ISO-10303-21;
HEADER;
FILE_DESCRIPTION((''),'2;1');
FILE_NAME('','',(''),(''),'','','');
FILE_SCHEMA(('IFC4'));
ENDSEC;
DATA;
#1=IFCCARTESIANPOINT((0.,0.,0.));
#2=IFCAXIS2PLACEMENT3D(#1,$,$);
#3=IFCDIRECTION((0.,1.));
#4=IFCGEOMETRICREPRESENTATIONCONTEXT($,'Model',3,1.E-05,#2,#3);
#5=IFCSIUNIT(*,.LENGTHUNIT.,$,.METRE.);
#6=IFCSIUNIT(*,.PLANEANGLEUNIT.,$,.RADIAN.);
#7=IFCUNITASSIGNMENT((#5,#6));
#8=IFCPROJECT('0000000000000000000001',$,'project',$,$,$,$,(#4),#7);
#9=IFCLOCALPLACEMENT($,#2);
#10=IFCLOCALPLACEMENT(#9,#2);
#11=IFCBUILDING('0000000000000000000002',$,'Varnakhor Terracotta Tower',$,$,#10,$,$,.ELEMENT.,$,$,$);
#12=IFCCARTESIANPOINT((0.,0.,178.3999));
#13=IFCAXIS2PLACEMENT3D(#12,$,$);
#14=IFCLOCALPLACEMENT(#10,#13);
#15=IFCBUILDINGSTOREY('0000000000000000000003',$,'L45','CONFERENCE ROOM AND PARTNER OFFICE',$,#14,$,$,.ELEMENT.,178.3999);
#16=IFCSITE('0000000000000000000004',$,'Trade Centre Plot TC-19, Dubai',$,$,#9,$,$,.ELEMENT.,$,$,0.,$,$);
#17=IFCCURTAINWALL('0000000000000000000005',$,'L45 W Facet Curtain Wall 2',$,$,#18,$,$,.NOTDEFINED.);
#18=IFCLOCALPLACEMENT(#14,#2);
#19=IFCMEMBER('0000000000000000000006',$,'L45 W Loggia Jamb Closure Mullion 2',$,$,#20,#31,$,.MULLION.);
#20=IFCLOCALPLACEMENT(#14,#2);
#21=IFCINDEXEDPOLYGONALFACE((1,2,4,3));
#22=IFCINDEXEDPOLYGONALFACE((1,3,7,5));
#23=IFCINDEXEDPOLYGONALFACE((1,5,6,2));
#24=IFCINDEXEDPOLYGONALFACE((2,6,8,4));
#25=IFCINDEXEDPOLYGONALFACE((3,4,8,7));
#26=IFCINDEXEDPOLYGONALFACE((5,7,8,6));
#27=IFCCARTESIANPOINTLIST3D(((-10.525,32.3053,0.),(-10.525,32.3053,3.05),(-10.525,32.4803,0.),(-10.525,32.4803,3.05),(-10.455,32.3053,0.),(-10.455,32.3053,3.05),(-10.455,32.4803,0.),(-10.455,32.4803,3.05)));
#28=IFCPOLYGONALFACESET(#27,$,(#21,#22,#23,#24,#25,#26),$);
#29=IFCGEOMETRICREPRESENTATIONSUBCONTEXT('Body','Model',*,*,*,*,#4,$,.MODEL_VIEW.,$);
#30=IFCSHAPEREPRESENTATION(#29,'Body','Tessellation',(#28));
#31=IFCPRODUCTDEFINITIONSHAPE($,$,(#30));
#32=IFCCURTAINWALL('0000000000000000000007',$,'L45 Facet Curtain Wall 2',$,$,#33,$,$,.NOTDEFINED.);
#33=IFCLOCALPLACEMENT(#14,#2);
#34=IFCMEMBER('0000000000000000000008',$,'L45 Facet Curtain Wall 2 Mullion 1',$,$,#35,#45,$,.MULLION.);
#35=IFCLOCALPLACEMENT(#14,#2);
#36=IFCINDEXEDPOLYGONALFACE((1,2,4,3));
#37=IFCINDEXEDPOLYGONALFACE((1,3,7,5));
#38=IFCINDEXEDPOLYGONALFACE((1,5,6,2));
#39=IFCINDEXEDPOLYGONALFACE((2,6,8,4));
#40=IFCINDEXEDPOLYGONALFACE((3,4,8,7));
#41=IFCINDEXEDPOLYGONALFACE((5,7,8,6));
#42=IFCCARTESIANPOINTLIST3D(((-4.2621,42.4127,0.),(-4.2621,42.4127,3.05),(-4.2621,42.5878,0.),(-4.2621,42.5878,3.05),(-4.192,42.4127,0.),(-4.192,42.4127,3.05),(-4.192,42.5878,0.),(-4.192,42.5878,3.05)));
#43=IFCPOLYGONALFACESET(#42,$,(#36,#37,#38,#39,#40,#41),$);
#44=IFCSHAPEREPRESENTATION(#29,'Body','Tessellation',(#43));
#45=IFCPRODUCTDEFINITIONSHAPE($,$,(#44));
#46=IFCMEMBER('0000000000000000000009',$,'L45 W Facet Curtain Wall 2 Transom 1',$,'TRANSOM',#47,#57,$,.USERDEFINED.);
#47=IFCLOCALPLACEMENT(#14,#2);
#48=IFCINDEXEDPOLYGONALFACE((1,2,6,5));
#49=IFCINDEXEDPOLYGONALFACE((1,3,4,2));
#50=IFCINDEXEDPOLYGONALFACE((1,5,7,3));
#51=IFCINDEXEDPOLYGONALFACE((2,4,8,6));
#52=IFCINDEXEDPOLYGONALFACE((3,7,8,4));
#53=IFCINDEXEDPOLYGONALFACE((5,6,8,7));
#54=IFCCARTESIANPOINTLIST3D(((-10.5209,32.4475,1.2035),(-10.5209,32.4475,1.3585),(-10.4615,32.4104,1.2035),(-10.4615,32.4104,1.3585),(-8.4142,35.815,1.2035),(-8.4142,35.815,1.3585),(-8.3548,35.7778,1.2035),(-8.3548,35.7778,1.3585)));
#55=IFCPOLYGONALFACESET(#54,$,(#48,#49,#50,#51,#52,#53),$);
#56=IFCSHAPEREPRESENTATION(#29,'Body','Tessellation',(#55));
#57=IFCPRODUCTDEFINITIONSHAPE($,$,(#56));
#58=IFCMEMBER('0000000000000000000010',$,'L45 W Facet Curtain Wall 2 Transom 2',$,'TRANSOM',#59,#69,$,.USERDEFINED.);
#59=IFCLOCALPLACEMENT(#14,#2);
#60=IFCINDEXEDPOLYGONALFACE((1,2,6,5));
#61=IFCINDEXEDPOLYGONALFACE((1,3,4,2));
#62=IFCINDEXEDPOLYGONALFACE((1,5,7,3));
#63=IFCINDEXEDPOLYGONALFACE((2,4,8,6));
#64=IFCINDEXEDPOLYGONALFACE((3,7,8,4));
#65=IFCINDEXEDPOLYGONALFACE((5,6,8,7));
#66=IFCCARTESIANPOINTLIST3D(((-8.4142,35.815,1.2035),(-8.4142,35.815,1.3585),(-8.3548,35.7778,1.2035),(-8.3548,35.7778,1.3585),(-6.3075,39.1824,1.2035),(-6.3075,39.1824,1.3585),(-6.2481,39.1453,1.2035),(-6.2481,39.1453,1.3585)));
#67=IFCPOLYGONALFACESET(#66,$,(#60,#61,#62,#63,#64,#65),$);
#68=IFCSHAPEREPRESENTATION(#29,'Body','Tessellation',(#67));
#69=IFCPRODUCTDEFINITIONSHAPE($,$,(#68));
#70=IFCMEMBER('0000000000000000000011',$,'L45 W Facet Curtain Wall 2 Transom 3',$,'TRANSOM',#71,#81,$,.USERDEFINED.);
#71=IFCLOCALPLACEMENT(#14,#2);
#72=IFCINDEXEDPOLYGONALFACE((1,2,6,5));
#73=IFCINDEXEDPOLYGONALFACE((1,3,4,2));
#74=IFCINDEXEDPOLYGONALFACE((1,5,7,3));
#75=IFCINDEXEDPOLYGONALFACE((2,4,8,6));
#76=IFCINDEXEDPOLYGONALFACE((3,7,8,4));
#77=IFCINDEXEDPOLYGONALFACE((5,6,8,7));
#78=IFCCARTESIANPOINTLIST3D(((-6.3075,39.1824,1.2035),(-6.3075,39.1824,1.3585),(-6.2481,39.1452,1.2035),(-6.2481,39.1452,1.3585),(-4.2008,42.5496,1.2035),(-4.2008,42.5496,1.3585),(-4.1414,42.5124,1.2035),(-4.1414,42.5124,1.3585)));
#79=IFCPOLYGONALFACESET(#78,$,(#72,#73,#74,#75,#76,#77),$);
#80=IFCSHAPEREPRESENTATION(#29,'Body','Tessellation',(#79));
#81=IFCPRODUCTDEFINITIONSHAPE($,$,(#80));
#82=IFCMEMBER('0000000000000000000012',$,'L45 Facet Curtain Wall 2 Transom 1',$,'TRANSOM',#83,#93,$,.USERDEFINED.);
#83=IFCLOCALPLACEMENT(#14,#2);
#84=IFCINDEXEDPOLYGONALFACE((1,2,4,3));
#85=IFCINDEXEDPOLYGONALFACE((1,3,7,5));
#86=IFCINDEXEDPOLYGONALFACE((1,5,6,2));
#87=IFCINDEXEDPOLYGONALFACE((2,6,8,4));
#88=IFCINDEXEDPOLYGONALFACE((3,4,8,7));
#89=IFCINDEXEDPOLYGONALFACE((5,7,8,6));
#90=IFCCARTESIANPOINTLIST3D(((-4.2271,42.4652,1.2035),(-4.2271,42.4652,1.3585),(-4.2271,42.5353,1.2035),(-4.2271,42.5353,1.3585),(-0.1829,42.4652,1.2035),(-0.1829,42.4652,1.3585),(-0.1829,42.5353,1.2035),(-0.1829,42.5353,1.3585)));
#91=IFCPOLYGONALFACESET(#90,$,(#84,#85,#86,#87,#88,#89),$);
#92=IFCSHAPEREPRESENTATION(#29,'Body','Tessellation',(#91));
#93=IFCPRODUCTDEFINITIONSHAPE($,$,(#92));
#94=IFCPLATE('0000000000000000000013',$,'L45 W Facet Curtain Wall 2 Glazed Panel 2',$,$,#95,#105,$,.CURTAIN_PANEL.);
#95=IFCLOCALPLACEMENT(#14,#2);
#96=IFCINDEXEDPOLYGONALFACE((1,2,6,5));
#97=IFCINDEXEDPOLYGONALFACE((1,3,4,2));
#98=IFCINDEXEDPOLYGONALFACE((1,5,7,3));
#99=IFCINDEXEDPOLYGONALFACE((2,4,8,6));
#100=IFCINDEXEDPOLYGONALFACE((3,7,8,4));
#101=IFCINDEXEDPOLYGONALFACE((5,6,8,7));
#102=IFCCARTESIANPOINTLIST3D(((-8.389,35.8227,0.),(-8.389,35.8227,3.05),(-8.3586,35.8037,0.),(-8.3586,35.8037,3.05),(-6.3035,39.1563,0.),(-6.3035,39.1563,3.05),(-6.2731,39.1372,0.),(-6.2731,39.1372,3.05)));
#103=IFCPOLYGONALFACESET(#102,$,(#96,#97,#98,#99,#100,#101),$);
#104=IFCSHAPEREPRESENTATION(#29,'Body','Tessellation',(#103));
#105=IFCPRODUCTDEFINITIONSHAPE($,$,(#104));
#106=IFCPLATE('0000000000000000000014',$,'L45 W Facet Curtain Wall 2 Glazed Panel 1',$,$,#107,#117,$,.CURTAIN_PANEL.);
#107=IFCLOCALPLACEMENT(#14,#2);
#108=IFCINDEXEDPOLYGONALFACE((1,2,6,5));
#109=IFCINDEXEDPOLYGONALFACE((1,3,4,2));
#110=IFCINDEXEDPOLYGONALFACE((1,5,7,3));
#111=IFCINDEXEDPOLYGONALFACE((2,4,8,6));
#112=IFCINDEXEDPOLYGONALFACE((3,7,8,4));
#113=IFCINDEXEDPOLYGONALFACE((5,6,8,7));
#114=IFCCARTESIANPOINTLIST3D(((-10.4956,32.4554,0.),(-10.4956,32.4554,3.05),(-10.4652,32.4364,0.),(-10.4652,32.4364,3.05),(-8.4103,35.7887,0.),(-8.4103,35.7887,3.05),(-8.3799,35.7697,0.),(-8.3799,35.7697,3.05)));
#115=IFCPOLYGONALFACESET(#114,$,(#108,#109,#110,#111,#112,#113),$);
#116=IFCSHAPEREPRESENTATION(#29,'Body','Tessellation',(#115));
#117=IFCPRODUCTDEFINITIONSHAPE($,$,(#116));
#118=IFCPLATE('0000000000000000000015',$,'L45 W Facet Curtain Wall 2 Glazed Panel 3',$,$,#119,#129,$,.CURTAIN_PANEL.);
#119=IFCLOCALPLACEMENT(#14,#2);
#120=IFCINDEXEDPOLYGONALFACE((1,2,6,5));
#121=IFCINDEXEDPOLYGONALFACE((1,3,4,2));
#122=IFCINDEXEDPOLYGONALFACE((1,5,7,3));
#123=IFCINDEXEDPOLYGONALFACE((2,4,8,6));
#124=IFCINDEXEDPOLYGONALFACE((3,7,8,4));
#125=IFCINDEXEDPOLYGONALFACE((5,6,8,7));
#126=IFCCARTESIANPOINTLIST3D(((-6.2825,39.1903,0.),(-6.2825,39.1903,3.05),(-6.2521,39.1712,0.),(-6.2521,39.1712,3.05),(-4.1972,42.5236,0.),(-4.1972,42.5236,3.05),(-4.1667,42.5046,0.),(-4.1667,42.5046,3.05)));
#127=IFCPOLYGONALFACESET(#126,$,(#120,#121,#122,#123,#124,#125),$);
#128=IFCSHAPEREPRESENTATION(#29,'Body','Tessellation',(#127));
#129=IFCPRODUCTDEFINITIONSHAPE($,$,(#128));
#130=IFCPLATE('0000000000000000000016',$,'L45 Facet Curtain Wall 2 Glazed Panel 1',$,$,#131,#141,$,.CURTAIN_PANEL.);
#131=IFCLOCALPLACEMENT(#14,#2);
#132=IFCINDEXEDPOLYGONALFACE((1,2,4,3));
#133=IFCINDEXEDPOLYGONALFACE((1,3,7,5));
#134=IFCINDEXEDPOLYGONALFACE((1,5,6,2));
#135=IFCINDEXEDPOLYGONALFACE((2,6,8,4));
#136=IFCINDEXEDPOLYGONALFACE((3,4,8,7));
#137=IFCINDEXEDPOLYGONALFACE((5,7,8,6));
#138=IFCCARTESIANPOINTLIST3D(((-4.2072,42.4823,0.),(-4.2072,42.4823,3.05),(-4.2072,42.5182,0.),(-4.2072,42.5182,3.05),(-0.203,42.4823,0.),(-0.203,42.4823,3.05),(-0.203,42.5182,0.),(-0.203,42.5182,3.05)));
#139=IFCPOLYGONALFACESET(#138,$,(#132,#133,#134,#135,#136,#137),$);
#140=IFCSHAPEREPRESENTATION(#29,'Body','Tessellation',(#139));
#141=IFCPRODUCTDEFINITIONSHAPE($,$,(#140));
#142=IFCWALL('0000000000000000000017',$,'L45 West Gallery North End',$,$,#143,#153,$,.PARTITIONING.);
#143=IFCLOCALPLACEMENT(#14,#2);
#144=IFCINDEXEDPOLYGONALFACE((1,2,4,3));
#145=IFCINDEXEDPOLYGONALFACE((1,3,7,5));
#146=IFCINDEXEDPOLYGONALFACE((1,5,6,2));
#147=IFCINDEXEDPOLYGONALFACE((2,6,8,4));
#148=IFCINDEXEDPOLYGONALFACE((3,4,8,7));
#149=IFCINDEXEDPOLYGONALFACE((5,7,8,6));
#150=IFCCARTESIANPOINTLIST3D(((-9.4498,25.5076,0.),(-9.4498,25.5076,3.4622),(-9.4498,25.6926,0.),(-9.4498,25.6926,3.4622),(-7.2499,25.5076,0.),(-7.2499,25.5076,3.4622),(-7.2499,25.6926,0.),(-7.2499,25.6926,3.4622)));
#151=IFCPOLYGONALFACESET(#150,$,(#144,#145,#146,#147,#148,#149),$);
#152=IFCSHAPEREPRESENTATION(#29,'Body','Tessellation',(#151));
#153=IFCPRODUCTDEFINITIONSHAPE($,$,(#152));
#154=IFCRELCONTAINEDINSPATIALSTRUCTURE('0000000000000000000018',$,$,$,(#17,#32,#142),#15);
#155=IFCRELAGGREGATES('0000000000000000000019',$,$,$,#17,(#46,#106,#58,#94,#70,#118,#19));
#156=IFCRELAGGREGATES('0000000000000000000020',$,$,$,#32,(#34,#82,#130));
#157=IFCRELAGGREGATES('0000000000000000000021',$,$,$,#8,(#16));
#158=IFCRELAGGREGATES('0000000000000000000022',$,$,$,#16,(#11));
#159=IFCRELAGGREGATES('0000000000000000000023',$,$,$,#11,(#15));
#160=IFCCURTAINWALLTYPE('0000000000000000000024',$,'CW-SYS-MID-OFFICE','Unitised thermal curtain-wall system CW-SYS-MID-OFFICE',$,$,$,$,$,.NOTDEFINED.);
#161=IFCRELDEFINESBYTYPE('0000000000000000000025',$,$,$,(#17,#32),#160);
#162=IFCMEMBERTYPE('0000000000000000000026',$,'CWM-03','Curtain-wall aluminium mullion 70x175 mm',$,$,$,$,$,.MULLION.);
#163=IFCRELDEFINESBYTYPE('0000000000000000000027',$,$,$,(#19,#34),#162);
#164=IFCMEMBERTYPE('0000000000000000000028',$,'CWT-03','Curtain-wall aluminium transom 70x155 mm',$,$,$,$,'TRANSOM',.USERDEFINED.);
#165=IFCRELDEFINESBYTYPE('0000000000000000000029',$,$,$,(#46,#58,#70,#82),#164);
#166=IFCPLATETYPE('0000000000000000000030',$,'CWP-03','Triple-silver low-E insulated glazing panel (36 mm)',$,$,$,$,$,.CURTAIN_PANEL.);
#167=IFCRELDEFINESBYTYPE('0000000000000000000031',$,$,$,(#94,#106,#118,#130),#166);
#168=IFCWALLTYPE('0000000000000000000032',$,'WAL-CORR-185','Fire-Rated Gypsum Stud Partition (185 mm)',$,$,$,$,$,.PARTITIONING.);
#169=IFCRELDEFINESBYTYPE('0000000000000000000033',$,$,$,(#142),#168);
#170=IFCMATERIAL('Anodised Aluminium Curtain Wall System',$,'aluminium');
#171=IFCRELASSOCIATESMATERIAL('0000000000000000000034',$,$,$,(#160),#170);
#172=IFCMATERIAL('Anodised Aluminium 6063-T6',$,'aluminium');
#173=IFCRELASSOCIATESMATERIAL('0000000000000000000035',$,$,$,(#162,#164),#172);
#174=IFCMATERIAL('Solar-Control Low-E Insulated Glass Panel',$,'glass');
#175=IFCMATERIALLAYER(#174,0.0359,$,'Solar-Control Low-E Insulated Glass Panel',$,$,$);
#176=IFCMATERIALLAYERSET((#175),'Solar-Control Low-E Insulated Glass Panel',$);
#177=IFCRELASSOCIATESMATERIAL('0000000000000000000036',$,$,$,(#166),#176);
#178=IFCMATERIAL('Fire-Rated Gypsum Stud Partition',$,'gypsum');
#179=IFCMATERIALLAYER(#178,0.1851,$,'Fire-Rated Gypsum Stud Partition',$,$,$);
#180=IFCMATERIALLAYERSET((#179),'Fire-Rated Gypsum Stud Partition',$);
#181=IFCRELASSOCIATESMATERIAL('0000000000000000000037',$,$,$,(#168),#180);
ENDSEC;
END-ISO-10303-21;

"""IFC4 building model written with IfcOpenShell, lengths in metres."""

from ifc_helpers import new_model, si_unit, direction, frame, frame_2d, origin, origin_2d, place, context, subcontext, project, spatial, rectangle, extrude, source, transform, mapped, material, layer, layer_set, material_profile, profile_set, type_object, element, aggregate, save


model = new_model("IFC4")

# Units and contexts
model_context = context("Model", 3, precision=1e-05, world=origin(), true_north=direction((0.0, 1.0)))
body_context = subcontext(model_context, "Body", "Model", "MODEL_VIEW")
ifc_project = project(units=[si_unit("LENGTHUNIT", "METRE"), si_unit("PLANEANGLEUNIT", "RADIAN")], contexts=[model_context])

# Site, building, storey
site_placement = place(None, origin())
site = spatial("IfcSite", under=ifc_project, at=site_placement, Name="Trade Centre Plot TC-19, Dubai", CompositionType="ELEMENT", RefElevation=0.0)
building_placement = place(site_placement, origin())
building = spatial("IfcBuilding", under=site, at=building_placement, Name="Varnakhor Terracotta Tower", CompositionType="ELEMENT")
storey_placement = place(building_placement, frame((0.0, 0.0, 178.3999)))
storey = spatial("IfcBuildingStorey", under=building, at=storey_placement, Name="L45", Description="CONFERENCE ROOM AND PARTNER OFFICE", CompositionType="ELEMENT", Elevation=178.3999)

# Curtain wall, member
ifc_material_1 = material(Name="Anodised Aluminium Curtain Wall System", Category="aluminium")
curtain_wall_type = type_object("IfcCurtainWallType", Name="CW-SYS-MID-OFFICE", Description="Unitised thermal curtain-wall system CW-SYS-MID-OFFICE", PredefinedType="NOTDEFINED", material=ifc_material_1)
curtain_wall_1_placement = place(storey_placement, origin())
curtain_wall_1 = element("IfcCurtainWall", 1, at=curtain_wall_1_placement, inside=storey, type_object=curtain_wall_type, Name="L45 W Facet Curtain Wall 2", PredefinedType="NOTDEFINED")
ifc_material_2 = material(Name="Anodised Aluminium 6063-T6", Category="aluminium")
ifc_material_profile_1 = material_profile(ifc_material_2, rectangle(XDim=0.0701, YDim=0.175, at=origin_2d()), Name="ALU MULLION 70x175")
ifc_profile_set_1 = profile_set([ifc_material_profile_1], Name="Anodised Aluminium 6063-T6")
member_type_1 = type_object("IfcMemberType", Name="CWM-03", Description="Curtain-wall aluminium mullion 70x175 mm", PredefinedType="MULLION", material=ifc_profile_set_1)
shared_shape_1 = source(origin(), body_context, "Body", "SweptSolid", [
    extrude(rectangle(XDim=0.0701, YDim=0.175, at=origin_2d()), origin(), (0.0, 0.0, 1.0), 3.05),
])
member_1_placement = place(storey_placement, frame((-10.49, 32.3928, 0.0), z_axis=(0.0, 0.0, 1.0), x_axis=(1.0, 0.0, 0.0)))
member_1 = element("IfcMember", 2, at=member_1_placement, type_object=member_type_1, Name="L45 W Loggia Jamb Closure Mullion 2", PredefinedType="MULLION", context=body_context, shape_type="MappedRepresentation", body=[
    mapped(shared_shape_1, transform((0.0, 0.0, 0.0), scale=1.0)),
])

# Curtain wall, member
curtain_wall_2_placement = place(storey_placement, origin())
curtain_wall_2 = element("IfcCurtainWall", 3, at=curtain_wall_2_placement, inside=storey, type_object=curtain_wall_type, Name="L45 Facet Curtain Wall 2", PredefinedType="NOTDEFINED")
member_2_placement = place(storey_placement, frame((-4.2271, 42.5002, 0.0), z_axis=(0.0, 0.0, 1.0), x_axis=(1.0, 0.0, 0.0)))
member_2 = element("IfcMember", 4, at=member_2_placement, type_object=member_type_1, Name="L45 Facet Curtain Wall 2 Mullion 1", PredefinedType="MULLION", context=body_context, shape_type="MappedRepresentation", body=[
    mapped(shared_shape_1, transform((0.0, 0.0, 0.0), scale=1.0)),
])

# Members
ifc_material_profile_2 = material_profile(ifc_material_2, rectangle(XDim=0.0701, YDim=0.155, at=origin_2d()), Name="ALU TRANSOM 70x155")
ifc_profile_set_2 = profile_set([ifc_material_profile_2], Name="Anodised Aluminium 6063-T6")
member_type_2 = type_object("IfcMemberType", Name="CWT-03", Description="Curtain-wall aluminium transom 70x155 mm", ElementType="TRANSOM", PredefinedType="USERDEFINED", material=ifc_profile_set_2)
shared_shape_2 = source(origin(), body_context, "Body", "SweptSolid", [
    extrude(rectangle(XDim=0.0701, YDim=0.155, at=origin_2d()), origin(), (0.0, 0.0, 1.0), 3.9722),
])
member_3_placement = place(storey_placement, frame((-10.4912, 32.429, 1.281), z_axis=(0.530369, 0.847767, 0.0), x_axis=(-0.847767, 0.530369, 0.0)))
member_3 = element("IfcMember", 5, at=member_3_placement, type_object=member_type_2, Name="L45 W Facet Curtain Wall 2 Transom 1", ObjectType="TRANSOM", PredefinedType="USERDEFINED", context=body_context, shape_type="MappedRepresentation", body=[
    mapped(shared_shape_2, transform((0.0, 0.0, 0.0), scale=1.0)),
])
member_4_placement = place(storey_placement, frame((-8.3845, 35.7964, 1.281), z_axis=(0.530369, 0.847767, 0.0), x_axis=(-0.847767, 0.530369, 0.0)))
member_4 = element("IfcMember", 6, at=member_4_placement, type_object=member_type_2, Name="L45 W Facet Curtain Wall 2 Transom 2", ObjectType="TRANSOM", PredefinedType="USERDEFINED", context=body_context, shape_type="MappedRepresentation", body=[
    mapped(shared_shape_2, transform((0.0, 0.0, 0.0), scale=1.0)),
])
shared_shape_3 = source(origin(), body_context, "Body", "SweptSolid", [
    extrude(rectangle(XDim=0.0701, YDim=0.155, at=origin_2d()), origin(), (0.0, 0.0, 1.0), 3.9719),
])
member_5_placement = place(storey_placement, frame((-6.2778, 39.1638, 1.281), z_axis=(0.530397, 0.84775, 0.0), x_axis=(-0.84775, 0.530397, 0.0)))
member_5 = element("IfcMember", 7, at=member_5_placement, type_object=member_type_2, Name="L45 W Facet Curtain Wall 2 Transom 3", ObjectType="TRANSOM", PredefinedType="USERDEFINED", context=body_context, shape_type="MappedRepresentation", body=[
    mapped(shared_shape_3, transform((0.0, 0.0, 0.0), scale=1.0)),
])
shared_shape_4 = source(origin(), body_context, "Body", "SweptSolid", [
    extrude(rectangle(XDim=0.0701, YDim=0.155, at=origin_2d()), origin(), (0.0, 0.0, 1.0), 4.0442),
])
member_6_placement = place(storey_placement, frame((-4.2271, 42.5002, 1.281), z_axis=(1.0, 0.0, 0.0), x_axis=(0.0, 1.0, 0.0)))
member_6 = element("IfcMember", 8, at=member_6_placement, type_object=member_type_2, Name="L45 Facet Curtain Wall 2 Transom 1", ObjectType="TRANSOM", PredefinedType="USERDEFINED", context=body_context, shape_type="MappedRepresentation", body=[
    mapped(shared_shape_4, transform((0.0, 0.0, 0.0), scale=1.0)),
])

# Plates
ifc_material_3 = material(Name="Solar-Control Low-E Insulated Glass Panel", Category="glass")
ifc_layer_1 = layer(ifc_material_3, 0.0359, Name="Solar-Control Low-E Insulated Glass Panel")
ifc_layer_set_1 = layer_set([ifc_layer_1], Name="Solar-Control Low-E Insulated Glass Panel")
plate_type = type_object("IfcPlateType", Name="CWP-03", Description="Triple-silver low-E insulated glazing panel (36 mm)", PredefinedType="CURTAIN_PANEL", material=ifc_layer_set_1)
shared_shape_5 = source(origin(), body_context, "Body", "SweptSolid", [
    extrude(rectangle(XDim=3.9321, YDim=0.0359, at=origin_2d()), origin(), (0.0, 0.0, 1.0), 3.05),
])
plate_1_placement = place(storey_placement, frame((-7.3311, 37.48, 0.0), z_axis=(0.0, 0.0, 1.0), x_axis=(0.530363, 0.847771, 0.0)))
plate_1 = element("IfcPlate", 9, at=plate_1_placement, type_object=plate_type, Name="L45 W Facet Curtain Wall 2 Glazed Panel 2", PredefinedType="CURTAIN_PANEL", context=body_context, shape_type="MappedRepresentation", body=[
    mapped(shared_shape_5, transform((0.0, 0.0, 0.0), scale=1.0)),
])
shared_shape_6 = source(origin(), body_context, "Body", "SweptSolid", [
    extrude(rectangle(XDim=3.9319, YDim=0.0359, at=origin_2d()), origin(), (0.0, 0.0, 1.0), 3.05),
])
plate_2_placement = place(storey_placement, frame((-9.4377, 34.1125, 0.0), z_axis=(0.0, 0.0, 1.0), x_axis=(0.530363, 0.847771, 0.0)))
plate_2 = element("IfcPlate", 10, at=plate_2_placement, type_object=plate_type, Name="L45 W Facet Curtain Wall 2 Glazed Panel 1", PredefinedType="CURTAIN_PANEL", context=body_context, shape_type="MappedRepresentation", body=[
    mapped(shared_shape_6, transform((0.0, 0.0, 0.0), scale=1.0)),
])
plate_3_placement = place(storey_placement, frame((-5.2246, 40.8474, 0.0), z_axis=(0.0, 0.0, 1.0), x_axis=(0.530363, 0.847771, 0.0)))
plate_3 = element("IfcPlate", 11, at=plate_3_placement, type_object=plate_type, Name="L45 W Facet Curtain Wall 2 Glazed Panel 3", PredefinedType="CURTAIN_PANEL", context=body_context, shape_type="MappedRepresentation", body=[
    mapped(shared_shape_6, transform((0.0, 0.0, 0.0), scale=1.0)),
])
aggregate(curtain_wall_1, [member_3, plate_2, member_4, plate_1, member_5, plate_3, member_1])
shared_shape_7 = source(origin(), body_context, "Body", "SweptSolid", [
    extrude(rectangle(XDim=4.0042, YDim=0.0359, at=origin_2d()), origin(), (0.0, 0.0, 1.0), 3.05),
])
plate_4_placement = place(storey_placement, frame((-2.2051, 42.5002, 0.0), z_axis=(0.0, 0.0, 1.0), x_axis=(1.0, 0.0, 0.0)))
plate_4 = element("IfcPlate", 12, at=plate_4_placement, type_object=plate_type, Name="L45 Facet Curtain Wall 2 Glazed Panel 1", PredefinedType="CURTAIN_PANEL", context=body_context, shape_type="MappedRepresentation", body=[
    mapped(shared_shape_7, transform((0.0, 0.0, 0.0), scale=1.0)),
])
aggregate(curtain_wall_2, [member_2, member_6, plate_4])

# Wall
ifc_material_4 = material(Name="Fire-Rated Gypsum Stud Partition", Category="gypsum")
ifc_layer_2 = layer(ifc_material_4, 0.1851, Name="Fire-Rated Gypsum Stud Partition")
ifc_layer_set_2 = layer_set([ifc_layer_2], Name="Fire-Rated Gypsum Stud Partition")
wall_type_1 = type_object("IfcWallType", Name="WAL-CORR-185", Description="Fire-Rated Gypsum Stud Partition (185 mm)", PredefinedType="PARTITIONING", material=ifc_layer_set_2)
wall_1_placement = place(storey_placement, frame((-9.45, 25.6001, 0.0), z_axis=(0.0, 0.0, 1.0), x_axis=(1.0, 0.0, 0.0)))
element("IfcWall", 13, at=wall_1_placement, inside=storey, type_object=wall_type_1, Name="L45 West Gallery North End", PredefinedType="PARTITIONING", context=body_context, shape_type="SweptSolid", body=[
    extrude(rectangle(XDim=2.2, YDim=0.1851, at=frame_2d((1.1001, 0.0))), origin(), (0.0, 0.0, 1.0), 3.4622),
])

save(model, "model.ifc")
